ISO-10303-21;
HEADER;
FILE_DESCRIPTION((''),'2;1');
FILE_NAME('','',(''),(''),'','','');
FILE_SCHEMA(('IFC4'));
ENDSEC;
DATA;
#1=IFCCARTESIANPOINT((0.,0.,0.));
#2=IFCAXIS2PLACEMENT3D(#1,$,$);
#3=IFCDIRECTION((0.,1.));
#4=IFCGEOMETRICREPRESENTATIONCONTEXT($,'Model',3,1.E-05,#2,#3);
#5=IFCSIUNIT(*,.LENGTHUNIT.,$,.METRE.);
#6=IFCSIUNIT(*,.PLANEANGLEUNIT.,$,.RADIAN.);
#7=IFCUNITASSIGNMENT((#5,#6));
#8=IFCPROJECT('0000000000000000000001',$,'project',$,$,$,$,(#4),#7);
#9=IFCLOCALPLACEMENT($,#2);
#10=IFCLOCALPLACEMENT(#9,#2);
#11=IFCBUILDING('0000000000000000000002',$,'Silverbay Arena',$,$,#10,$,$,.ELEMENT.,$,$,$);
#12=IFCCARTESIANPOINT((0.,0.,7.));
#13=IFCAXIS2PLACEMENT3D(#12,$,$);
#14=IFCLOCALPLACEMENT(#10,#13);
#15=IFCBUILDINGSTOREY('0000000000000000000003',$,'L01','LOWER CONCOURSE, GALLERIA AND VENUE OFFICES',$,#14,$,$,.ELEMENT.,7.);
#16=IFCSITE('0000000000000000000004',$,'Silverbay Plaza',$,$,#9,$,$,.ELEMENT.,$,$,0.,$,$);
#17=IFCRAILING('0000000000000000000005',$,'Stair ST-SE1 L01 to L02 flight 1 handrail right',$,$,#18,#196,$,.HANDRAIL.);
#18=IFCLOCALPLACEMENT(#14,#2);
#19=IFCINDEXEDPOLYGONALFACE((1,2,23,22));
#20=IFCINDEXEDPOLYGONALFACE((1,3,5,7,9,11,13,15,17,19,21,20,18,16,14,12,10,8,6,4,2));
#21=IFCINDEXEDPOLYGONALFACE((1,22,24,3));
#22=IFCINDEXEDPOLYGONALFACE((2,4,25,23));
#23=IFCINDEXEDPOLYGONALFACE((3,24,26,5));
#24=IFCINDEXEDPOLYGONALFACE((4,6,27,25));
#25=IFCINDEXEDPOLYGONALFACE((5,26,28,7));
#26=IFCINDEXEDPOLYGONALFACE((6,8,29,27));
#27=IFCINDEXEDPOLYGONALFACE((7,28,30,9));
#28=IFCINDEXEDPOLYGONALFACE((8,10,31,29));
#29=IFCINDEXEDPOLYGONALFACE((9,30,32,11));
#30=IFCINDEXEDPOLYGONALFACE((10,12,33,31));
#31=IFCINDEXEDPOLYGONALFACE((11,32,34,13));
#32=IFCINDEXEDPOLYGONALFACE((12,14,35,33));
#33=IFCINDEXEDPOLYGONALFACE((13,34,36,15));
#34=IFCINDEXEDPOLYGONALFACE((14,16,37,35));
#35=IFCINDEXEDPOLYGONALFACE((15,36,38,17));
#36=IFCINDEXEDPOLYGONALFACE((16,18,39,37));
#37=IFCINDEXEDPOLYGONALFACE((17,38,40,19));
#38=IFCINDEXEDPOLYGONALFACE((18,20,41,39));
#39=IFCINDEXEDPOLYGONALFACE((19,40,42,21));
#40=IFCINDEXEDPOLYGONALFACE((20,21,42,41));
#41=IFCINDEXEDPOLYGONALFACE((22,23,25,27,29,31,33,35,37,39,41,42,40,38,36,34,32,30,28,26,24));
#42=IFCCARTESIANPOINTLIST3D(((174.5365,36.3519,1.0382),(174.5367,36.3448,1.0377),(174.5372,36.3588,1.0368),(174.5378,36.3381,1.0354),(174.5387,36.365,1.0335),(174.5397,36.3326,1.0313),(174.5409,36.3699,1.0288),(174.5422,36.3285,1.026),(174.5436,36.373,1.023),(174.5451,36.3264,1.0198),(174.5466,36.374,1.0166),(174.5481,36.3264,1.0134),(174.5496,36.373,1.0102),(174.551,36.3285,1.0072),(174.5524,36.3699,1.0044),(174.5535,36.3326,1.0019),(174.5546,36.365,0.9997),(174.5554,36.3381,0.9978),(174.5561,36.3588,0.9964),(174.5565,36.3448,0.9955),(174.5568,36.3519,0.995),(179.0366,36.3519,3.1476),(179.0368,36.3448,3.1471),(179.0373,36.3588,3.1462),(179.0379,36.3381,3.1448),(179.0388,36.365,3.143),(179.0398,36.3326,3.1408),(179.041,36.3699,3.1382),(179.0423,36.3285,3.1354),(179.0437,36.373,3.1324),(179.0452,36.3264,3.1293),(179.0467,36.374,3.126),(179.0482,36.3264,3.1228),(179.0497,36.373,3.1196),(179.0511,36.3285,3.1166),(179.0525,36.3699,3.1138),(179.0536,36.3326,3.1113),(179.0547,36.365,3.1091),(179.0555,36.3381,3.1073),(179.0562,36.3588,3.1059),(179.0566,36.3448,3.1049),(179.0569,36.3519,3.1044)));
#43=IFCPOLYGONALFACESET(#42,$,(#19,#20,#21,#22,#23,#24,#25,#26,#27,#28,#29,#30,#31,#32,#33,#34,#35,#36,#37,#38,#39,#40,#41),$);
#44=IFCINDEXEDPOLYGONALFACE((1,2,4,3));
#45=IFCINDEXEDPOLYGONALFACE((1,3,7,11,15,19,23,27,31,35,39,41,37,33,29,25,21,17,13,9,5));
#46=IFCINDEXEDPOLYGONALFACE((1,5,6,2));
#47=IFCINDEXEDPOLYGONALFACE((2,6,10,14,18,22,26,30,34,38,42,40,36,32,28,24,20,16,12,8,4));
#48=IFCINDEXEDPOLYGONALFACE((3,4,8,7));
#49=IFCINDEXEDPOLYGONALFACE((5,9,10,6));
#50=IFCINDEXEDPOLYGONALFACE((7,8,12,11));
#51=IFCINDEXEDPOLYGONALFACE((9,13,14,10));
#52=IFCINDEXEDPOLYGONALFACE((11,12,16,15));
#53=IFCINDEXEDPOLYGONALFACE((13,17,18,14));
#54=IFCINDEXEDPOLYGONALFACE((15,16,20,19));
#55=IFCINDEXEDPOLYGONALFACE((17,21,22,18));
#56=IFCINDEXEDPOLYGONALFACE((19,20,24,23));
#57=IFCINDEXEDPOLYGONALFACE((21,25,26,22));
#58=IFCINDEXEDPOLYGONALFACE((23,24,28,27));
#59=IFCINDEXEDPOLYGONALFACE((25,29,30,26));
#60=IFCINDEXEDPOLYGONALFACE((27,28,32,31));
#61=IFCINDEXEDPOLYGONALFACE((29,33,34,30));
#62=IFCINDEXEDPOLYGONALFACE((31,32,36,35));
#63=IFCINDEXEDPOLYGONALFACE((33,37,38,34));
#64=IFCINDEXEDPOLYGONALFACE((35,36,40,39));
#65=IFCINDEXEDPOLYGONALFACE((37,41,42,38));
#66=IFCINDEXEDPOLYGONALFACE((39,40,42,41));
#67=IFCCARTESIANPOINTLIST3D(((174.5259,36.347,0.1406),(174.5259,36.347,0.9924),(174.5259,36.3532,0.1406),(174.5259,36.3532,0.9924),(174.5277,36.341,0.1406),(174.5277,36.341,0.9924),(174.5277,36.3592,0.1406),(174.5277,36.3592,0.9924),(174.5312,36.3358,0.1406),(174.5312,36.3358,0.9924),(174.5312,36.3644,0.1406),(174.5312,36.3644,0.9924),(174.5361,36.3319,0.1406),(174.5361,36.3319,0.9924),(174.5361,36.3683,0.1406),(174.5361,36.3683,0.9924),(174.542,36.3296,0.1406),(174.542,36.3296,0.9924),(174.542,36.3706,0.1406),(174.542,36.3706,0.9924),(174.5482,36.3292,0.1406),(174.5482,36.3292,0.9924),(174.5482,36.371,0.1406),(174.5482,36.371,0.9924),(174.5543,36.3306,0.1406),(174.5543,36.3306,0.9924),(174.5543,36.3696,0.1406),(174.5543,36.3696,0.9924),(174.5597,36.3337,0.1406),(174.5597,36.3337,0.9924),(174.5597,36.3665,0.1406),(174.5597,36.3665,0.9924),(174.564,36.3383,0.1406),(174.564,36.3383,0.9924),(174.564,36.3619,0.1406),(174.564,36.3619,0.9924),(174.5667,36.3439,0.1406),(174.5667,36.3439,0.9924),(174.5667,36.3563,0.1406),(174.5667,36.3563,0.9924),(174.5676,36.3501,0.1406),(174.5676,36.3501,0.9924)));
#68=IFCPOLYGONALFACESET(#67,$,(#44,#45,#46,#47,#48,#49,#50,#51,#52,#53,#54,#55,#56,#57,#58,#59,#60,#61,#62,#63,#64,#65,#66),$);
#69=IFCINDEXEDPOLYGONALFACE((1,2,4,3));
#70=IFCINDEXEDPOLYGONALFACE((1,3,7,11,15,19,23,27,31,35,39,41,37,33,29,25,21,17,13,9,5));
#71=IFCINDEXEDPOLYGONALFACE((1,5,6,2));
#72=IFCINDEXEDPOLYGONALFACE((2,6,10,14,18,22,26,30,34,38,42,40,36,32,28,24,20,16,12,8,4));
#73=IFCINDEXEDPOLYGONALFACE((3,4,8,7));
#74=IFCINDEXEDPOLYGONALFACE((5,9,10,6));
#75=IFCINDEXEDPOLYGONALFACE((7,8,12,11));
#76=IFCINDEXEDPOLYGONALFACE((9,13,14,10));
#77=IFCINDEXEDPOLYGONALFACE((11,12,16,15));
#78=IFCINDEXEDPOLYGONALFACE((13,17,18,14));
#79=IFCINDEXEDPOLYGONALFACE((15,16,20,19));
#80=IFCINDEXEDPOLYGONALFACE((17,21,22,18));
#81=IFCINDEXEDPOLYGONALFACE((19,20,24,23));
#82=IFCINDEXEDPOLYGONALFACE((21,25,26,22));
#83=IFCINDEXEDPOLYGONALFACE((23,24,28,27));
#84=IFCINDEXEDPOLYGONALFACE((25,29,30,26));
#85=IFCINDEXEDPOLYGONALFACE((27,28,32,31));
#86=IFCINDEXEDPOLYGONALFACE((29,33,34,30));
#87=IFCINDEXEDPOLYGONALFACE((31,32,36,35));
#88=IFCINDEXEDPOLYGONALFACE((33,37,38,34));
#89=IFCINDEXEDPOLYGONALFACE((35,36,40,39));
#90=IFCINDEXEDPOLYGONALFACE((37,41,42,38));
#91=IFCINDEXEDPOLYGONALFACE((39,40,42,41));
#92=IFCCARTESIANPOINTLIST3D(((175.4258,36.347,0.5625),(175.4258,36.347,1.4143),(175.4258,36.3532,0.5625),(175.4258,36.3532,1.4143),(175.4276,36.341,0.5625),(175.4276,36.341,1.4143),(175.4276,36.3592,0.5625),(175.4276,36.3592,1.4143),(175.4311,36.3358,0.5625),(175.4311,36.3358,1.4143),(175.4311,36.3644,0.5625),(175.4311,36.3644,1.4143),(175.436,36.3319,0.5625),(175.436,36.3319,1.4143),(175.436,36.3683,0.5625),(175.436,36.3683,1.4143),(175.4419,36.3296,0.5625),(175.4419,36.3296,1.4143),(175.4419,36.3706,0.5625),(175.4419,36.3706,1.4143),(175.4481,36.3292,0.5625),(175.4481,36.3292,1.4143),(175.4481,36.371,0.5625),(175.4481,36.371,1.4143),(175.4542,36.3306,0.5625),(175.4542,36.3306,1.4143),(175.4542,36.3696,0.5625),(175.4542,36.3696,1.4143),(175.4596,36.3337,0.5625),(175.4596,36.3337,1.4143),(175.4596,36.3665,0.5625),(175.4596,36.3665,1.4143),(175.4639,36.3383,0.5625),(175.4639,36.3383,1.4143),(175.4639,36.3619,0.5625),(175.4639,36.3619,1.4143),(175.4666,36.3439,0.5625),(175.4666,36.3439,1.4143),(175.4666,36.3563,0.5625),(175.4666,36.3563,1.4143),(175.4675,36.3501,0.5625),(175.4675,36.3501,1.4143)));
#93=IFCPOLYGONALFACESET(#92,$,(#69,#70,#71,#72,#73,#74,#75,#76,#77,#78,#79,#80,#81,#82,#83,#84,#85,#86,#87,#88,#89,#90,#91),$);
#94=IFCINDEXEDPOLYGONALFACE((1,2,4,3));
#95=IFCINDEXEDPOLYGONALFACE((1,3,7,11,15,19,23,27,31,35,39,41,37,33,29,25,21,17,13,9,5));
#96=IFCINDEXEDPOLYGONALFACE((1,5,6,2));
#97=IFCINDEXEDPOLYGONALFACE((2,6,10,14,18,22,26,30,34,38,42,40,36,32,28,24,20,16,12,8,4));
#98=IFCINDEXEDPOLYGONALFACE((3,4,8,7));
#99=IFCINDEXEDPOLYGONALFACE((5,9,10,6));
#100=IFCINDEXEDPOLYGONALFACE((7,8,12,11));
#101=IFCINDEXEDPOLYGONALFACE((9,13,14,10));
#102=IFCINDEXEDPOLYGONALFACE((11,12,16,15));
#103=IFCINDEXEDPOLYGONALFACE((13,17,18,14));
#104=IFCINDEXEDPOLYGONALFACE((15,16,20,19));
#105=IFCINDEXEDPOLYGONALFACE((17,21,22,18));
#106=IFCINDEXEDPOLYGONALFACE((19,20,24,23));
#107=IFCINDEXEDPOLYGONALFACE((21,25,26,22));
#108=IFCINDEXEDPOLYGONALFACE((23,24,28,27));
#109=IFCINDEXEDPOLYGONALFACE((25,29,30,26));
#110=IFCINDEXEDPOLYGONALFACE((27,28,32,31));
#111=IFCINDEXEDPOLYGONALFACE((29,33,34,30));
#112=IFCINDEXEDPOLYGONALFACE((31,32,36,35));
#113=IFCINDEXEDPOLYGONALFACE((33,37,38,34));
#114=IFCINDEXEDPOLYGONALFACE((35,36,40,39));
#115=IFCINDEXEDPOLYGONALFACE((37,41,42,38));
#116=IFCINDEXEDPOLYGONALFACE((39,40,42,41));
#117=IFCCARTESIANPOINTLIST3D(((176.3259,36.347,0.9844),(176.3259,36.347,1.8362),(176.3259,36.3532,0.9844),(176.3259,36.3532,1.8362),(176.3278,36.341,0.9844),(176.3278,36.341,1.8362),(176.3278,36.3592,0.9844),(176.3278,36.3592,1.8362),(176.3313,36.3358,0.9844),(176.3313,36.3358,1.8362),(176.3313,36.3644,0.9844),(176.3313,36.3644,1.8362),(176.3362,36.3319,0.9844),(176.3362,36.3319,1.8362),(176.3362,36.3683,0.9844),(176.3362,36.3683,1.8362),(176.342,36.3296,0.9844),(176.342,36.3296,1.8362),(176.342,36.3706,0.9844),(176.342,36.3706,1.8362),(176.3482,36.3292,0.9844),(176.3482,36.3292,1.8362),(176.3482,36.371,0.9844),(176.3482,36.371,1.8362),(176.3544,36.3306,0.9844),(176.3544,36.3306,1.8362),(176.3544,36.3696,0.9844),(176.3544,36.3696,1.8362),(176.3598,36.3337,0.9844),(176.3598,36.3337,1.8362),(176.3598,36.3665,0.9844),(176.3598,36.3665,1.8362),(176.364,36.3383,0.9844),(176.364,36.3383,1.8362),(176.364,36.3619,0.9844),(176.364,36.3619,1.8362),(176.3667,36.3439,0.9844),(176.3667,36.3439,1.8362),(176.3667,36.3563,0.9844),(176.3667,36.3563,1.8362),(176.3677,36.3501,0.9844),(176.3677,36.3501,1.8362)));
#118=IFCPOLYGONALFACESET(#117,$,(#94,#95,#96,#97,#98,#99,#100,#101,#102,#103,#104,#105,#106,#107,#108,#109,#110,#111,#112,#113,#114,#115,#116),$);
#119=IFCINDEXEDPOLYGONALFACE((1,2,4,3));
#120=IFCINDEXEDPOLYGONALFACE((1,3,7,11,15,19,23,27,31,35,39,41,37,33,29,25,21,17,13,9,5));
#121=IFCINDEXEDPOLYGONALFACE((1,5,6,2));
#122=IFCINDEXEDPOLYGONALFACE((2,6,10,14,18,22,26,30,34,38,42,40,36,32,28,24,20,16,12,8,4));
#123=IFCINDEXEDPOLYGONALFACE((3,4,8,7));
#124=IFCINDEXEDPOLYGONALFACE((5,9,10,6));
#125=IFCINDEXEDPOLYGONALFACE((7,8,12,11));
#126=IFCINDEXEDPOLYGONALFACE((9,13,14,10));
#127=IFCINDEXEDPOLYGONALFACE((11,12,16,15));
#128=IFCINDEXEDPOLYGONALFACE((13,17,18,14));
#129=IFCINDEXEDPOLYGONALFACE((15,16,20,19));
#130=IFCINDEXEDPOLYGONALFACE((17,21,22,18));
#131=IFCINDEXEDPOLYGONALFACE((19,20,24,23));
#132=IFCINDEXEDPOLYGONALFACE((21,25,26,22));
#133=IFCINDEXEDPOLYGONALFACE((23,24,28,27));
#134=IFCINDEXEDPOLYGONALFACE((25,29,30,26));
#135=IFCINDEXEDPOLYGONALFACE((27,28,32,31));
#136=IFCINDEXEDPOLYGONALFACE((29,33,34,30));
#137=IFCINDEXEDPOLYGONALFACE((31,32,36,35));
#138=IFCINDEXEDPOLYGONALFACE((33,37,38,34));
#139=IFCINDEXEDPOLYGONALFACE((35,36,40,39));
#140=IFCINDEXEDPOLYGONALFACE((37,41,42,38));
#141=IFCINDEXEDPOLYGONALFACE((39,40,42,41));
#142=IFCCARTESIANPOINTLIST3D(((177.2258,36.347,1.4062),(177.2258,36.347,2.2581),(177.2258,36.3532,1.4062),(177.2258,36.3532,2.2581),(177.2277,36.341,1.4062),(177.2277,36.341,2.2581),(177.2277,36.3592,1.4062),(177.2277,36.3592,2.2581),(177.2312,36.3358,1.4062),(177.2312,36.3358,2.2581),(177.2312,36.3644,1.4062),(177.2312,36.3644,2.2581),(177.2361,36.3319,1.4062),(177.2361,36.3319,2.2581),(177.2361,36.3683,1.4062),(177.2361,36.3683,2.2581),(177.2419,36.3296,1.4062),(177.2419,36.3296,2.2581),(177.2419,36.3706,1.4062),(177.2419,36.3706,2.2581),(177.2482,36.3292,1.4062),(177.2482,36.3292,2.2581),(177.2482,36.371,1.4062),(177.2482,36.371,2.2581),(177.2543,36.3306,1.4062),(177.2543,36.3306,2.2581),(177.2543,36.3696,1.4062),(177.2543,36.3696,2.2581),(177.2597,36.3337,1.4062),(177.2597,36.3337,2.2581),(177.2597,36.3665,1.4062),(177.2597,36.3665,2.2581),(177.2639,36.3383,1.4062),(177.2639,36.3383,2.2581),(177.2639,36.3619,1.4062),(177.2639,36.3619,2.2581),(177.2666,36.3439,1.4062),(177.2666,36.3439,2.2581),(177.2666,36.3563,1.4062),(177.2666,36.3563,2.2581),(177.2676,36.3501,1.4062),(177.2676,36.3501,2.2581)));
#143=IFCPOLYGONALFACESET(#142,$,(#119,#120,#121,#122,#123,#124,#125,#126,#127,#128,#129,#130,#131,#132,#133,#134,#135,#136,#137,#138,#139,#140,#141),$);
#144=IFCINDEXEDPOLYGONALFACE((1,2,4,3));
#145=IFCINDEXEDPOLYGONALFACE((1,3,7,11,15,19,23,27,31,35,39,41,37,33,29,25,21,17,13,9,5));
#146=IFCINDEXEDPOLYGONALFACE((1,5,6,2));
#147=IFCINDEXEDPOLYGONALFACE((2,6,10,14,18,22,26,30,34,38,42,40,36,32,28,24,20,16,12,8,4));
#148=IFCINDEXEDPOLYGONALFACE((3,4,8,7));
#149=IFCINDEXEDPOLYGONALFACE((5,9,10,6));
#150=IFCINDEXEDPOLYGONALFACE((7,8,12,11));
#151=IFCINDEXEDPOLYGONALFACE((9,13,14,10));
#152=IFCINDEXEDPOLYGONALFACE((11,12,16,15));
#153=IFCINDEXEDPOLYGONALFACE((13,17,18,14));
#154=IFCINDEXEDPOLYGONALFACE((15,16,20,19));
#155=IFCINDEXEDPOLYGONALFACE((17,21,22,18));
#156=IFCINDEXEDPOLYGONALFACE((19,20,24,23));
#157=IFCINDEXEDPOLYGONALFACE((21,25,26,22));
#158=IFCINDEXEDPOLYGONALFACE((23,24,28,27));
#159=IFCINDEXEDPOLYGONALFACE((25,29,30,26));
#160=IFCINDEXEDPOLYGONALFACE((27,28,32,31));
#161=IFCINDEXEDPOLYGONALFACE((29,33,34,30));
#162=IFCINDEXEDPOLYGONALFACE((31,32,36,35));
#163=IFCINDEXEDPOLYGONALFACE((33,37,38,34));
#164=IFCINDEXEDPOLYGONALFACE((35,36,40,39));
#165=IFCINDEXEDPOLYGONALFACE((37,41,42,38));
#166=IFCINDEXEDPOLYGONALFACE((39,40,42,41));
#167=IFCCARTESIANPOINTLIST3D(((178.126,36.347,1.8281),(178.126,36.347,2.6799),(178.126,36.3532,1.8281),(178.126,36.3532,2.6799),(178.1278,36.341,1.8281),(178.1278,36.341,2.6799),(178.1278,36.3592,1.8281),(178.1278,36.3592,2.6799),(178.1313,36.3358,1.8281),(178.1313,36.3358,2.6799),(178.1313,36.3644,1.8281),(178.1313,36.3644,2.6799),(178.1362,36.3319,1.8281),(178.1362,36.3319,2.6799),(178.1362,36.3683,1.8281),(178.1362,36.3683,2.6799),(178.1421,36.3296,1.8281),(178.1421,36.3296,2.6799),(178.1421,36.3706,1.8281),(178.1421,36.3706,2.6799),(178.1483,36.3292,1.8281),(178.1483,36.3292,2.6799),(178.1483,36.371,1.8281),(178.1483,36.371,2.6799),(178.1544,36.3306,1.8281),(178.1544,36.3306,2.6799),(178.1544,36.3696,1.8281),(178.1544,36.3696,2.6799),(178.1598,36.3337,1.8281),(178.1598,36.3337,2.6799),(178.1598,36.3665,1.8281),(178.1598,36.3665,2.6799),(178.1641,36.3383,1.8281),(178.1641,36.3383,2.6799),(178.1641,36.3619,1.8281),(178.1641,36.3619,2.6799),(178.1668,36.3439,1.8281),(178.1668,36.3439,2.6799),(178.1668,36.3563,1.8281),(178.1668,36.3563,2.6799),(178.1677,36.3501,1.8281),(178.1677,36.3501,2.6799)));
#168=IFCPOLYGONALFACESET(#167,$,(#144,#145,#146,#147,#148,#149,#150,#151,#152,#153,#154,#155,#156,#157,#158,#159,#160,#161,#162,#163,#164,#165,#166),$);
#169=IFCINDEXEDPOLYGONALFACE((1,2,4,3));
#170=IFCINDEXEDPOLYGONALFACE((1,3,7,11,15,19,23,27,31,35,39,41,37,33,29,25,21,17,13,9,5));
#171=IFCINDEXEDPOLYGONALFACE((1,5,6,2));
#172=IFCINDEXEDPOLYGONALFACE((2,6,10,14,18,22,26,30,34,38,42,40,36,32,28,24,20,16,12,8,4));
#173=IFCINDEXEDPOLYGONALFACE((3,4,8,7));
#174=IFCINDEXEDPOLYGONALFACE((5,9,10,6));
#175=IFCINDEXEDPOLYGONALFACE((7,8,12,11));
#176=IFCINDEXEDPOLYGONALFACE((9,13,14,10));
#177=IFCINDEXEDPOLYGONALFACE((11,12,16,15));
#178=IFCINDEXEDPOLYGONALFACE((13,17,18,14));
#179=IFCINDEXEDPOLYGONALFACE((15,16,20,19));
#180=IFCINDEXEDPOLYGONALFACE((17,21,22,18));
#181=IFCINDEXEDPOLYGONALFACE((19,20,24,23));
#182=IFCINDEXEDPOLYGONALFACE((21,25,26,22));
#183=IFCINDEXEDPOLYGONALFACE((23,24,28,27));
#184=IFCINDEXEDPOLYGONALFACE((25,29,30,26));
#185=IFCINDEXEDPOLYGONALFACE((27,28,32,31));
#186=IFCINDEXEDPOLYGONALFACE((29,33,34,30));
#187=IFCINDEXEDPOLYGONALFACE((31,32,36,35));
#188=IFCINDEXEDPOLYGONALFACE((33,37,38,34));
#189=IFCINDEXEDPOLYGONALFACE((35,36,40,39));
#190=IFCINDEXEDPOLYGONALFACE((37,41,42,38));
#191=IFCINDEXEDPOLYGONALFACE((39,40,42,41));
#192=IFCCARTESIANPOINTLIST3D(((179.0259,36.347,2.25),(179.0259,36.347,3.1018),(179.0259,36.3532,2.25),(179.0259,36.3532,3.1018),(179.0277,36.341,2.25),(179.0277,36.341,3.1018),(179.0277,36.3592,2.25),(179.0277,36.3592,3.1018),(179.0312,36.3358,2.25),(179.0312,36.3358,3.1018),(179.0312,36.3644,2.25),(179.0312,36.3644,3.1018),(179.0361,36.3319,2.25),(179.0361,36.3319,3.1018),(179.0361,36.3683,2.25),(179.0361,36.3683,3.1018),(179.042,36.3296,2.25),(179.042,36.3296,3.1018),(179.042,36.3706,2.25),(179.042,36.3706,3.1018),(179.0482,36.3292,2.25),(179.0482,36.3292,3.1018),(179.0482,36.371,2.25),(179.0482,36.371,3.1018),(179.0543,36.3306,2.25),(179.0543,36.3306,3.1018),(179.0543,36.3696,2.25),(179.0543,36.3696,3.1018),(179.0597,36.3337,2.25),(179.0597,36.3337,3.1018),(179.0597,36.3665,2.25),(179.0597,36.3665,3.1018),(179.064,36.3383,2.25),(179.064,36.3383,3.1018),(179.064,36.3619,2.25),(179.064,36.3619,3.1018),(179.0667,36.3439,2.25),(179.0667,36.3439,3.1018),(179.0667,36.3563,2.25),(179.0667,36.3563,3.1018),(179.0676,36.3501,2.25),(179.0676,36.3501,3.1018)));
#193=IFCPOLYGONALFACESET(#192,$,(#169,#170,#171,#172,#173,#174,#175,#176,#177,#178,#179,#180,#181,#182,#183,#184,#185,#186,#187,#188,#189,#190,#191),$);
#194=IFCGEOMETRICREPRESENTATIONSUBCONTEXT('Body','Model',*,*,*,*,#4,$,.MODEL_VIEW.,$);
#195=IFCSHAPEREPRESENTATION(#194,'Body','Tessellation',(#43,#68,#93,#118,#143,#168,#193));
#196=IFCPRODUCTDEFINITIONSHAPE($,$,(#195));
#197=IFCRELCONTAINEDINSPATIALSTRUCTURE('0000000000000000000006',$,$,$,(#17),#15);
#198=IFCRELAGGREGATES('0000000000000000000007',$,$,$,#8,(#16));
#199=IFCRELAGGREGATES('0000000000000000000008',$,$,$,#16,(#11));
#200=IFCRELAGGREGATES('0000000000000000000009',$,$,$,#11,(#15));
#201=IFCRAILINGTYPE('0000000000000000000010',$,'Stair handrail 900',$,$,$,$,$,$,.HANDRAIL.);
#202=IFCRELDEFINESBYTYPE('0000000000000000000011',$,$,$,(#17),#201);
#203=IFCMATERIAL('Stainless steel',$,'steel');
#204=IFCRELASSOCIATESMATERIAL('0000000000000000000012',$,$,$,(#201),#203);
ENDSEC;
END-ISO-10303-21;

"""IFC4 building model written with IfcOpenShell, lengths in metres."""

from ifc_helpers import new_model, si_unit, direction, frame, origin, origin_2d, place, context, subcontext, project, spatial, circle, extrude, material, type_object, element, save


model = new_model("IFC4")

# Units and contexts
model_context = context("Model", 3, precision=1e-05, world=origin(), true_north=direction((0.0, 1.0)))
body_context = subcontext(model_context, "Body", "Model", "MODEL_VIEW")
ifc_project = project(units=[si_unit("LENGTHUNIT", "METRE"), si_unit("PLANEANGLEUNIT", "RADIAN")], contexts=[model_context])

# Site, building, storey
site_placement = place(None, origin())
site = spatial("IfcSite", under=ifc_project, at=site_placement, Name="Silverbay Plaza", CompositionType="ELEMENT", RefElevation=0.0)
building_placement = place(site_placement, origin())
building = spatial("IfcBuilding", under=site, at=building_placement, Name="Silverbay Arena", CompositionType="ELEMENT")
storey_placement = place(building_placement, frame((0.0, 0.0, 7.0)))
storey = spatial("IfcBuildingStorey", under=building, at=storey_placement, Name="L01", Description="LOWER CONCOURSE, GALLERIA AND VENUE OFFICES", CompositionType="ELEMENT", Elevation=7.0)

# Railing
ifc_material_1 = material(Name="Stainless steel", Category="steel")
railing_type_1 = type_object("IfcRailingType", Name="Stair handrail 900", PredefinedType="HANDRAIL", material=ifc_material_1)
for number, where, name in (
    (1, (174.5466, 36.3501, 0.1406), "Stair ST-SE1 L01 to L02 flight 1 handrail right"),
):
    element("IfcRailing", number, at=place(storey_placement, frame(where)), inside=storey, type_object=railing_type_1, Name=name, PredefinedType="HANDRAIL", context=body_context, shape_type="SweptSolid", body=[
        extrude(circle(Radius=0.0239, at=origin_2d()), frame((0.0, 0.0, 0.876), z_axis=(0.905459, 0.0, 0.424434), x_axis=(0.0, 1.0, 0.0)), (0.0, 0.0, 1.0), 4.97),
        extrude(circle(Radius=0.021, at=origin_2d()), origin(), (0.0, 0.0, 1.0), 0.8518),
        extrude(circle(Radius=0.021, at=origin_2d()), frame((0.8999, 0.0, 0.4219)), (0.0, 0.0, 1.0), 0.8518),
        extrude(circle(Radius=0.021, at=origin_2d()), frame((1.8, 0.0, 0.8438)), (0.0, 0.0, 1.0), 0.8518),
        extrude(circle(Radius=0.021, at=origin_2d()), frame((2.7, 0.0, 1.2656)), (0.0, 0.0, 1.0), 0.8518),
        extrude(circle(Radius=0.021, at=origin_2d()), frame((3.6001, 0.0, 1.6875)), (0.0, 0.0, 1.0), 0.8518),
        extrude(circle(Radius=0.021, at=origin_2d()), frame((4.5, 0.0, 2.1094)), (0.0, 0.0, 1.0), 0.8518),
    ])

save(model, "model.ifc")
